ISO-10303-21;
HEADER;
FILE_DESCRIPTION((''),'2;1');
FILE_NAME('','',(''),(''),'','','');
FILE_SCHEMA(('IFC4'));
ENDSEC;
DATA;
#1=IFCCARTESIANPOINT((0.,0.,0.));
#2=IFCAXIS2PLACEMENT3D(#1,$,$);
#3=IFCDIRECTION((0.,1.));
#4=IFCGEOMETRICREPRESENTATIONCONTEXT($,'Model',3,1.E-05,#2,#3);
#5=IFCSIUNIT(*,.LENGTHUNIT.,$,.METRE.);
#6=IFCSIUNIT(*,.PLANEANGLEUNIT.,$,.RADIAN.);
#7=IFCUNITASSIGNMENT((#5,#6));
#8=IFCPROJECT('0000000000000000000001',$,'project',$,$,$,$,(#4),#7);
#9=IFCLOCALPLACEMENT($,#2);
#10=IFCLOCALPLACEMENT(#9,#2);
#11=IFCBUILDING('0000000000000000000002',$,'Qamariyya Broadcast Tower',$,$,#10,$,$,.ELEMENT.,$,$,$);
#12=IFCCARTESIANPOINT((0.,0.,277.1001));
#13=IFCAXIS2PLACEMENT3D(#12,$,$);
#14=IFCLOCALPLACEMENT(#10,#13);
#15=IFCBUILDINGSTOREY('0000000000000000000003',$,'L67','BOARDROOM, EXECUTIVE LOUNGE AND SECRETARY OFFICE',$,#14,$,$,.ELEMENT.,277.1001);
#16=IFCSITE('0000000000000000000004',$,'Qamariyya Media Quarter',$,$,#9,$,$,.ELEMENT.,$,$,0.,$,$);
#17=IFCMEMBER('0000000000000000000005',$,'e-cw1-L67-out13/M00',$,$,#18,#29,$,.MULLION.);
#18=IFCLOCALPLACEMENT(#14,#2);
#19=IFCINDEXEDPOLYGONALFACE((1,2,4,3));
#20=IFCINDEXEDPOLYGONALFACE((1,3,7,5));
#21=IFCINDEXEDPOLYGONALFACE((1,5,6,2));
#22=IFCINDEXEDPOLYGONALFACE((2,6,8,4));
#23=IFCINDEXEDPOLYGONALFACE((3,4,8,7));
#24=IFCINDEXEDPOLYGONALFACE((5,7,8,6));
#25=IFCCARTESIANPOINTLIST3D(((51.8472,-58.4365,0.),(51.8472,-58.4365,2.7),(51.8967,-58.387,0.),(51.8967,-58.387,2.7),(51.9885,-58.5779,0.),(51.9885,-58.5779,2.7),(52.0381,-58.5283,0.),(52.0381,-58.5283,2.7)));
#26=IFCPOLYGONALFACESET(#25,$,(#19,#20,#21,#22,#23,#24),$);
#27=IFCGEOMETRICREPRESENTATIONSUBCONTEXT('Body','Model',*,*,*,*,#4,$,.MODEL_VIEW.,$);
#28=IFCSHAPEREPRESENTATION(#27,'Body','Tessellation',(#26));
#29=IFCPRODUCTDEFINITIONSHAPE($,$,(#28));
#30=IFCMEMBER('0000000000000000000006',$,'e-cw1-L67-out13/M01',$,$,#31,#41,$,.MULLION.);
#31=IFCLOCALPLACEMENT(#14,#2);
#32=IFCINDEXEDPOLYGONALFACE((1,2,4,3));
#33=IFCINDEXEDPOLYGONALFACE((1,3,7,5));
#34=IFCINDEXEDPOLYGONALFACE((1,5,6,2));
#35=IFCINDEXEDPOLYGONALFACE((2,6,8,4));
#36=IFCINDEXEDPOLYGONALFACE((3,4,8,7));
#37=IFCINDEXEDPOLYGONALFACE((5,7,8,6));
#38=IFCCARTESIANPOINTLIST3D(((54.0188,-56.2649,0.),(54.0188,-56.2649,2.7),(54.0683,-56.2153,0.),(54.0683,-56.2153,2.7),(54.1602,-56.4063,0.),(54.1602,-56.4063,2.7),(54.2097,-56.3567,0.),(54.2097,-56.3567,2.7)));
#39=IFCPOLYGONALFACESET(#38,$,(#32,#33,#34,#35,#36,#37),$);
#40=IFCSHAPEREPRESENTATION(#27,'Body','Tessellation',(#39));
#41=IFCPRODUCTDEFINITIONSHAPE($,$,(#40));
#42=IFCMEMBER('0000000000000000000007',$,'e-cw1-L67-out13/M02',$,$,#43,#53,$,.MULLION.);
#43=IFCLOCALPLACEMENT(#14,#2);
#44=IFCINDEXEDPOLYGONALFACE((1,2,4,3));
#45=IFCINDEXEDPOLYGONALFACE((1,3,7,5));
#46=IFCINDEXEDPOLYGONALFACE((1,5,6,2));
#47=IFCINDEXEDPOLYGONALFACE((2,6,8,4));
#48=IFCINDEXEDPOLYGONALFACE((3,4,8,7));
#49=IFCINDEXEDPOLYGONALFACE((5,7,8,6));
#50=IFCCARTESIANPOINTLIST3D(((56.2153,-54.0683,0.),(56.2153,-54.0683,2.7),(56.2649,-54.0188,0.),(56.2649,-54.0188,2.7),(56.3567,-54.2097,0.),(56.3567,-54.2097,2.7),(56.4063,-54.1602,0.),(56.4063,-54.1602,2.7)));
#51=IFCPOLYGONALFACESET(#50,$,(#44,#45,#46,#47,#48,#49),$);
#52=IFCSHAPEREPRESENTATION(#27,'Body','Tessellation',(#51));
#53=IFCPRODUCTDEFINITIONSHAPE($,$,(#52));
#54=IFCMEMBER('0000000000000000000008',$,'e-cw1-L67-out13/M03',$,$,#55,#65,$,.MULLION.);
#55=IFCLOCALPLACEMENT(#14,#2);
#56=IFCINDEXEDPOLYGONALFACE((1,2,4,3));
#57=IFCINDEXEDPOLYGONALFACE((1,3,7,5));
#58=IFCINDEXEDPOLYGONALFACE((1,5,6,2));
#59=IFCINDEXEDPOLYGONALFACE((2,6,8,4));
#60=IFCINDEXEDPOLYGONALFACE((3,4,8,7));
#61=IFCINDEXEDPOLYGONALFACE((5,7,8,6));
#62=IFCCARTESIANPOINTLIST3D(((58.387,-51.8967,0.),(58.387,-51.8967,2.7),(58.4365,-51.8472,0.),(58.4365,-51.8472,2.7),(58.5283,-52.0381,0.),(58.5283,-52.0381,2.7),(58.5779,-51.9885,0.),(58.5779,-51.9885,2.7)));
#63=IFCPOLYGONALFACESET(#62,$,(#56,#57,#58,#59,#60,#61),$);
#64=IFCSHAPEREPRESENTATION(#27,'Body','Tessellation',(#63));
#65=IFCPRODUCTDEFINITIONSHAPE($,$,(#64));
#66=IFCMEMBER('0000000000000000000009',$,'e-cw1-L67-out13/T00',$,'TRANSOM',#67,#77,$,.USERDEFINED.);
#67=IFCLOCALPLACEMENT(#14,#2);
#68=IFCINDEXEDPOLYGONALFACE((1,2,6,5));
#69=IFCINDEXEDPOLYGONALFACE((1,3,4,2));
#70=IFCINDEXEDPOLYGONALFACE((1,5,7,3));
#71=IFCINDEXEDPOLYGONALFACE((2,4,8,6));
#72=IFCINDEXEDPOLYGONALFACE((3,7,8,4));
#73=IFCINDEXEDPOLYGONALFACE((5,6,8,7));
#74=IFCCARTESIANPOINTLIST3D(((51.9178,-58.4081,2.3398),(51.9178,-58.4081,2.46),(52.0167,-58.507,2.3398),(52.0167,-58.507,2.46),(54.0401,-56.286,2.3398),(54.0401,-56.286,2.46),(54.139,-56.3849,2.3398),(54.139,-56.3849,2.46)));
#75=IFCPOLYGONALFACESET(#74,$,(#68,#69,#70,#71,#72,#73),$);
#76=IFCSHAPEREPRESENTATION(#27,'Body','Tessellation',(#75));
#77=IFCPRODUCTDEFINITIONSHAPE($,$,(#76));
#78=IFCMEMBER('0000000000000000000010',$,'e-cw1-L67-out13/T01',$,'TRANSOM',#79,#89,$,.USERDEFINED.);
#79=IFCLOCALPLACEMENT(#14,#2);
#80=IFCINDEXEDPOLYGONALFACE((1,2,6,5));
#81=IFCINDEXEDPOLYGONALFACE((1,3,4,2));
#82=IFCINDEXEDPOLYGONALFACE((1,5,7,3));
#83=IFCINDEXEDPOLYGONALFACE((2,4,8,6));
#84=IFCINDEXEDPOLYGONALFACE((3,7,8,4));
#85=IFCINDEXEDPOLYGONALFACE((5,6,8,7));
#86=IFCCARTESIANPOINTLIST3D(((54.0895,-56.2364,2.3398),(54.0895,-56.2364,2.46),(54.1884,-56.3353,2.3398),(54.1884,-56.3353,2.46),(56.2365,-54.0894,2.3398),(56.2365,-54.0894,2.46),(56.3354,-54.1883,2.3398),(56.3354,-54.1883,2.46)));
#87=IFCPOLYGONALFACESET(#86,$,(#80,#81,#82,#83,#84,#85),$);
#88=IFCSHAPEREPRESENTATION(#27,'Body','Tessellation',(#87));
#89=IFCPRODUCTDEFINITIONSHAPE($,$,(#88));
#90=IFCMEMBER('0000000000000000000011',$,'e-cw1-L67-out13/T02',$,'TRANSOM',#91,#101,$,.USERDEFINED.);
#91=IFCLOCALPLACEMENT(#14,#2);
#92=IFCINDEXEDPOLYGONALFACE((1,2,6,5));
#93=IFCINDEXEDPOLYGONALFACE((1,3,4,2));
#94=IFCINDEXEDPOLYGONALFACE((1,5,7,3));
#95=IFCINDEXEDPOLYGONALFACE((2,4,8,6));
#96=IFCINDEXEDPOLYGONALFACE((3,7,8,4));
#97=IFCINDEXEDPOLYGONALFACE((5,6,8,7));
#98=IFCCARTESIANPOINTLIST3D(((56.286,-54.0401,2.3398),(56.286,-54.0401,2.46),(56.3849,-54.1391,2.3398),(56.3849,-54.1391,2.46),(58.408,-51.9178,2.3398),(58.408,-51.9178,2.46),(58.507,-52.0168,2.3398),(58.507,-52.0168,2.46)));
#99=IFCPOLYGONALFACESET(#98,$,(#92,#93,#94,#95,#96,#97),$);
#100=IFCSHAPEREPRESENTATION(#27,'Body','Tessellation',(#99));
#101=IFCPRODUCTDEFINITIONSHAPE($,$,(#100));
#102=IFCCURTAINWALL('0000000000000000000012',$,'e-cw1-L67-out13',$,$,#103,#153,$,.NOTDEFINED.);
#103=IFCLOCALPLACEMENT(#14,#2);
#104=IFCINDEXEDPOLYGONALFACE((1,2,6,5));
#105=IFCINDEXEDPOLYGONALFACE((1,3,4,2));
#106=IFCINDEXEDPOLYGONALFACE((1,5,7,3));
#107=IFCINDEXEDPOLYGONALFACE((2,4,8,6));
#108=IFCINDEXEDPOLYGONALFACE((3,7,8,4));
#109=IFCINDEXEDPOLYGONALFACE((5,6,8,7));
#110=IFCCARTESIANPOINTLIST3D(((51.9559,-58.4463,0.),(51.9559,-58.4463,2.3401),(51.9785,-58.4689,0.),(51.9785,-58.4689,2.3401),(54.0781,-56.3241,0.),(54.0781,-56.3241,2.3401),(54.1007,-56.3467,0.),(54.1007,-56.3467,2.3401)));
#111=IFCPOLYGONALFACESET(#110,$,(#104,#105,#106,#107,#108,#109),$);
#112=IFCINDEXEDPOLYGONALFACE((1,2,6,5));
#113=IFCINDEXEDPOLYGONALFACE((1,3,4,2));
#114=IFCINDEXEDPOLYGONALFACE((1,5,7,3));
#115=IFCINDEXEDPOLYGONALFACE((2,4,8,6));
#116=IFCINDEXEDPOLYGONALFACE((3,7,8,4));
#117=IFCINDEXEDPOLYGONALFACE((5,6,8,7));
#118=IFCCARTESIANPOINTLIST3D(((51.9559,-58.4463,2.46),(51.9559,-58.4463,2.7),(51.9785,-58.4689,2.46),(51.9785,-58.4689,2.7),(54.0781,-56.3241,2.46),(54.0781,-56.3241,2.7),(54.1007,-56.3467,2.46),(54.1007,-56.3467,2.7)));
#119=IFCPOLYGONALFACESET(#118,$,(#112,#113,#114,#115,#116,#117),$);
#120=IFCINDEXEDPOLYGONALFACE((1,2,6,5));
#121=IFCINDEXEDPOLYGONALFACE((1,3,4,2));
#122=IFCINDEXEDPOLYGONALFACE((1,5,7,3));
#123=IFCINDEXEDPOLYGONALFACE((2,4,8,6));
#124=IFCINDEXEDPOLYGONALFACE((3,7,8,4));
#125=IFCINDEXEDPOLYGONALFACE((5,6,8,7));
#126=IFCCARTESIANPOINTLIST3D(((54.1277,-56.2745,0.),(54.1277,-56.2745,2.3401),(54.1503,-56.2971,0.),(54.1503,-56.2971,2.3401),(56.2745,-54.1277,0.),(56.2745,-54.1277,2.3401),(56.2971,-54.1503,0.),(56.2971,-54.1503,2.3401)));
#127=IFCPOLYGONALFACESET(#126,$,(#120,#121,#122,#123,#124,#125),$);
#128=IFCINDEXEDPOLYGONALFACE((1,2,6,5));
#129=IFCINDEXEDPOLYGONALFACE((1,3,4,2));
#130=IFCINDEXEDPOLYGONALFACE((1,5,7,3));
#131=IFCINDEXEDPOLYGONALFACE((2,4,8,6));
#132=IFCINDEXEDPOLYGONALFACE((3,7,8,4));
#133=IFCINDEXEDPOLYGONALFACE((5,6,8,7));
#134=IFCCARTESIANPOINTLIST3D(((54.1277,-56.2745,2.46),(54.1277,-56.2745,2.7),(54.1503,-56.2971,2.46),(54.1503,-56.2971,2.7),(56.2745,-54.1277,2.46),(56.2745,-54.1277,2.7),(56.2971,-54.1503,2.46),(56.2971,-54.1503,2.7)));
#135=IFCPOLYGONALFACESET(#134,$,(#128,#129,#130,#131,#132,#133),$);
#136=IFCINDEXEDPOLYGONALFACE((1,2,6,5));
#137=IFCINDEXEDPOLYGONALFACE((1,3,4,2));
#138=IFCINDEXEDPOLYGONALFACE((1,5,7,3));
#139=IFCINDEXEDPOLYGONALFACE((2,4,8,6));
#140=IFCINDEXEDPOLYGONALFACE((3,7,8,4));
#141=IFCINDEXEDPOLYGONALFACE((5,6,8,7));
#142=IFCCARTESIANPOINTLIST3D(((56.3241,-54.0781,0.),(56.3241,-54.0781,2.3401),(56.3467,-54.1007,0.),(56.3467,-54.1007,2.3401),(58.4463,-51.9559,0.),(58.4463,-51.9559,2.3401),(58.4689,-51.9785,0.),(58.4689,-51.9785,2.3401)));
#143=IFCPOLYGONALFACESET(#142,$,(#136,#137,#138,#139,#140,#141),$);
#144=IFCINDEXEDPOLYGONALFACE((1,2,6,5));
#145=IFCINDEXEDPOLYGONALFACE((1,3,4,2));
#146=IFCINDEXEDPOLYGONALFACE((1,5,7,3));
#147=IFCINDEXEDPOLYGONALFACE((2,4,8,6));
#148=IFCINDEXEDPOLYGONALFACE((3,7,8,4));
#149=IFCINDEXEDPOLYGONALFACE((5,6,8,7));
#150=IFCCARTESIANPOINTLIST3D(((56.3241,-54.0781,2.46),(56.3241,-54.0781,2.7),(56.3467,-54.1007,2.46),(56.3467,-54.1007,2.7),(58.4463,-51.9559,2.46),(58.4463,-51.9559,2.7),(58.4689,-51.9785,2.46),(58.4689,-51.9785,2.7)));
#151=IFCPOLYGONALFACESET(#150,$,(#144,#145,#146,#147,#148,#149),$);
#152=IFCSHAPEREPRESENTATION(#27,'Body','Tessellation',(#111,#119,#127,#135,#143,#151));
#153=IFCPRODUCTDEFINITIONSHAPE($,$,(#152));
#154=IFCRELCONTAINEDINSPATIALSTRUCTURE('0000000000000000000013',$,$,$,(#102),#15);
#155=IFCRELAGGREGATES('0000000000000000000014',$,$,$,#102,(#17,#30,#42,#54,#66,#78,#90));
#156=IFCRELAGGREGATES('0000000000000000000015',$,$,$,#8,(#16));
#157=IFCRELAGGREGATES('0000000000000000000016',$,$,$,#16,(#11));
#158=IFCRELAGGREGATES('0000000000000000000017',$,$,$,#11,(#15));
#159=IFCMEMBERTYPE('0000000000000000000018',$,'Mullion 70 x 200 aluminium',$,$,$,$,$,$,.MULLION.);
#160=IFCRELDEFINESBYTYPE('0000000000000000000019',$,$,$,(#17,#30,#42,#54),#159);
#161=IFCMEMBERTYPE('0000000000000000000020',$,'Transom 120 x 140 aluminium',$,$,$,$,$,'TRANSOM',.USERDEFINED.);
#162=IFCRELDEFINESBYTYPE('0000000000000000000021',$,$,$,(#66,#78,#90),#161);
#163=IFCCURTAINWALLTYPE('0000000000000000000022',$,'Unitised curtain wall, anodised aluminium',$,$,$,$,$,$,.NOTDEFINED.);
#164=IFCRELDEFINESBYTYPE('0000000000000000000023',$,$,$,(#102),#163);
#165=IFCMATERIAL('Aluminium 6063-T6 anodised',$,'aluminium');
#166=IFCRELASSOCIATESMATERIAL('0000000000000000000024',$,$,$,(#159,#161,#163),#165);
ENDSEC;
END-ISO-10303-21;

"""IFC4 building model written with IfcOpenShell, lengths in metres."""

from ifc_helpers import new_model, si_unit, direction, frame, origin, origin_2d, place, context, subcontext, project, spatial, rectangle, extrude, material, material_profile, profile_set, type_object, element, aggregate, save


model = new_model("IFC4")

# Units and contexts
model_context = context("Model", 3, precision=1e-05, world=origin(), true_north=direction((0.0, 1.0)))
body_context = subcontext(model_context, "Body", "Model", "MODEL_VIEW")
ifc_project = project(units=[si_unit("LENGTHUNIT", "METRE"), si_unit("PLANEANGLEUNIT", "RADIAN")], contexts=[model_context])

# Members
ifc_material = material(Name="Aluminium 6063-T6 anodised", Category="aluminium")
ifc_material_profile_1 = material_profile(ifc_material, rectangle(XDim=0.2, YDim=0.0701, at=origin_2d()))
ifc_profile_set_1 = profile_set([ifc_material_profile_1], Name="Aluminium 6063-T6 anodised")
member_type_1 = type_object("IfcMemberType", Name="Mullion 70 x 200 aluminium", PredefinedType="MULLION", material=ifc_profile_set_1)
site_placement = place(None, origin())
building_placement = place(site_placement, origin())
storey_placement = place(building_placement, frame((0.0, 0.0, 277.1001)))
member_1_placement = place(storey_placement, frame((51.9426, -58.4824, 0.0), z_axis=(0.0, 0.0, 1.0), x_axis=(-0.707107, 0.707107, 0.0)))
member_1 = element("IfcMember", 1, at=member_1_placement, type_object=member_type_1, Name="e-cw1-L67-out13/M00", PredefinedType="MULLION", context=body_context, shape_type="SweptSolid", body=[
    extrude(rectangle(XDim=0.2, YDim=0.0701, at=origin_2d()), origin(), (0.0, 0.0, 1.0), 2.7),
])
member_2_placement = place(storey_placement, frame((54.1143, -56.3108, 0.0), z_axis=(0.0, 0.0, 1.0), x_axis=(-0.707107, 0.707107, 0.0)))
member_2 = element("IfcMember", 2, at=member_2_placement, type_object=member_type_1, Name="e-cw1-L67-out13/M01", PredefinedType="MULLION", context=body_context, shape_type="SweptSolid", body=[
    extrude(rectangle(XDim=0.2, YDim=0.0701, at=origin_2d()), origin(), (0.0, 0.0, 1.0), 2.7),
])
member_3_placement = place(storey_placement, frame((56.3108, -54.1143, 0.0), z_axis=(0.0, 0.0, 1.0), x_axis=(-0.707107, 0.707107, 0.0)))
member_3 = element("IfcMember", 3, at=member_3_placement, type_object=member_type_1, Name="e-cw1-L67-out13/M02", PredefinedType="MULLION", context=body_context, shape_type="SweptSolid", body=[
    extrude(rectangle(XDim=0.2, YDim=0.0701, at=origin_2d()), origin(), (0.0, 0.0, 1.0), 2.7),
])
member_4_placement = place(storey_placement, frame((58.4824, -51.9426, 0.0), z_axis=(0.0, 0.0, 1.0), x_axis=(-0.707107, 0.707107, 0.0)))
member_4 = element("IfcMember", 4, at=member_4_placement, type_object=member_type_1, Name="e-cw1-L67-out13/M03", PredefinedType="MULLION", context=body_context, shape_type="SweptSolid", body=[
    extrude(rectangle(XDim=0.2, YDim=0.0701, at=origin_2d()), origin(), (0.0, 0.0, 1.0), 2.7),
])
ifc_material_profile_2 = material_profile(ifc_material, rectangle(XDim=0.1399, YDim=0.1201, at=origin_2d()))
ifc_profile_set_2 = profile_set([ifc_material_profile_2], Name="Aluminium 6063-T6 anodised")
member_type_2 = type_object("IfcMemberType", Name="Transom 120 x 140 aluminium", ElementType="TRANSOM", PredefinedType="USERDEFINED", material=ifc_profile_set_2)
member_5_placement = place(storey_placement, frame((51.9673, -58.4575, 2.3999), z_axis=(0.707147, 0.707066, 0.0), x_axis=(-0.707066, 0.707147, 0.0)))
member_5 = element("IfcMember", 5, at=member_5_placement, type_object=member_type_2, Name="e-cw1-L67-out13/T00", ObjectType="TRANSOM", PredefinedType="USERDEFINED", context=body_context, shape_type="SweptSolid", body=[
    extrude(rectangle(XDim=0.1399, YDim=0.1201, at=origin_2d()), origin(), (0.0, 0.0, 1.0), 3.0012),
])
member_6_placement = place(storey_placement, frame((54.1389, -56.2859, 2.3999), z_axis=(0.707107, 0.707107, 0.0), x_axis=(-0.707107, 0.707107, 0.0)))
member_6 = element("IfcMember", 6, at=member_6_placement, type_object=member_type_2, Name="e-cw1-L67-out13/T01", ObjectType="TRANSOM", PredefinedType="USERDEFINED", context=body_context, shape_type="SweptSolid", body=[
    extrude(rectangle(XDim=0.1399, YDim=0.1201, at=origin_2d()), origin(), (0.0, 0.0, 1.0), 3.0364),
])
member_7_placement = place(storey_placement, frame((56.3354, -54.0896, 2.3999), z_axis=(0.707066, 0.707147, 0.0), x_axis=(-0.707147, 0.707066, 0.0)))
member_7 = element("IfcMember", 7, at=member_7_placement, type_object=member_type_2, Name="e-cw1-L67-out13/T02", ObjectType="TRANSOM", PredefinedType="USERDEFINED", context=body_context, shape_type="SweptSolid", body=[
    extrude(rectangle(XDim=0.1399, YDim=0.1201, at=origin_2d()), origin(), (0.0, 0.0, 1.0), 3.0012),
])

# Site, building, storey
site = spatial("IfcSite", under=ifc_project, at=site_placement, Name="Qamariyya Media Quarter", CompositionType="ELEMENT", RefElevation=0.0)
building = spatial("IfcBuilding", under=site, at=building_placement, Name="Qamariyya Broadcast Tower", CompositionType="ELEMENT")
storey = spatial("IfcBuildingStorey", under=building, at=storey_placement, Name="L67", Description="BOARDROOM, EXECUTIVE LOUNGE AND SECRETARY OFFICE", CompositionType="ELEMENT", Elevation=277.1001)

# Curtain wall
curtain_wall_type = type_object("IfcCurtainWallType", Name="Unitised curtain wall, anodised aluminium", PredefinedType="NOTDEFINED", material=ifc_material)
curtain_wall_1_placement = place(storey_placement, origin())
curtain_wall_1 = element("IfcCurtainWall", 8, at=curtain_wall_1_placement, inside=storey, type_object=curtain_wall_type, Name="e-cw1-L67-out13", PredefinedType="NOTDEFINED", context=body_context, shape_type="SweptSolid", body=[
    extrude(rectangle(XDim=3.0012, YDim=0.032, at=origin_2d()), frame((53.0283, -57.3965, 0.0), x_axis=(0.707107, 0.707107, 0.0)), (0.0, 0.0, 1.0), 2.3401),
    extrude(rectangle(XDim=3.0012, YDim=0.032, at=origin_2d()), frame((53.0283, -57.3965, 2.46), x_axis=(0.707107, 0.707107, 0.0)), (0.0, 0.0, 1.0), 0.24),
    extrude(rectangle(XDim=3.0361, YDim=0.032, at=origin_2d()), frame((55.2124, -55.2124, 0.0), x_axis=(0.707107, 0.707107, 0.0)), (0.0, 0.0, 1.0), 2.3401),
    extrude(rectangle(XDim=3.0361, YDim=0.032, at=origin_2d()), frame((55.2124, -55.2124, 2.46), x_axis=(0.707107, 0.707107, 0.0)), (0.0, 0.0, 1.0), 0.24),
    extrude(rectangle(XDim=3.0012, YDim=0.032, at=origin_2d()), frame((57.3965, -53.0283, 0.0), x_axis=(0.707107, 0.707107, 0.0)), (0.0, 0.0, 1.0), 2.3401),
    extrude(rectangle(XDim=3.0012, YDim=0.032, at=origin_2d()), frame((57.3965, -53.0283, 2.46), x_axis=(0.707107, 0.707107, 0.0)), (0.0, 0.0, 1.0), 0.24),
])
aggregate(curtain_wall_1, [member_1, member_2, member_3, member_4, member_5, member_6, member_7])

save(model, "model.ifc")
